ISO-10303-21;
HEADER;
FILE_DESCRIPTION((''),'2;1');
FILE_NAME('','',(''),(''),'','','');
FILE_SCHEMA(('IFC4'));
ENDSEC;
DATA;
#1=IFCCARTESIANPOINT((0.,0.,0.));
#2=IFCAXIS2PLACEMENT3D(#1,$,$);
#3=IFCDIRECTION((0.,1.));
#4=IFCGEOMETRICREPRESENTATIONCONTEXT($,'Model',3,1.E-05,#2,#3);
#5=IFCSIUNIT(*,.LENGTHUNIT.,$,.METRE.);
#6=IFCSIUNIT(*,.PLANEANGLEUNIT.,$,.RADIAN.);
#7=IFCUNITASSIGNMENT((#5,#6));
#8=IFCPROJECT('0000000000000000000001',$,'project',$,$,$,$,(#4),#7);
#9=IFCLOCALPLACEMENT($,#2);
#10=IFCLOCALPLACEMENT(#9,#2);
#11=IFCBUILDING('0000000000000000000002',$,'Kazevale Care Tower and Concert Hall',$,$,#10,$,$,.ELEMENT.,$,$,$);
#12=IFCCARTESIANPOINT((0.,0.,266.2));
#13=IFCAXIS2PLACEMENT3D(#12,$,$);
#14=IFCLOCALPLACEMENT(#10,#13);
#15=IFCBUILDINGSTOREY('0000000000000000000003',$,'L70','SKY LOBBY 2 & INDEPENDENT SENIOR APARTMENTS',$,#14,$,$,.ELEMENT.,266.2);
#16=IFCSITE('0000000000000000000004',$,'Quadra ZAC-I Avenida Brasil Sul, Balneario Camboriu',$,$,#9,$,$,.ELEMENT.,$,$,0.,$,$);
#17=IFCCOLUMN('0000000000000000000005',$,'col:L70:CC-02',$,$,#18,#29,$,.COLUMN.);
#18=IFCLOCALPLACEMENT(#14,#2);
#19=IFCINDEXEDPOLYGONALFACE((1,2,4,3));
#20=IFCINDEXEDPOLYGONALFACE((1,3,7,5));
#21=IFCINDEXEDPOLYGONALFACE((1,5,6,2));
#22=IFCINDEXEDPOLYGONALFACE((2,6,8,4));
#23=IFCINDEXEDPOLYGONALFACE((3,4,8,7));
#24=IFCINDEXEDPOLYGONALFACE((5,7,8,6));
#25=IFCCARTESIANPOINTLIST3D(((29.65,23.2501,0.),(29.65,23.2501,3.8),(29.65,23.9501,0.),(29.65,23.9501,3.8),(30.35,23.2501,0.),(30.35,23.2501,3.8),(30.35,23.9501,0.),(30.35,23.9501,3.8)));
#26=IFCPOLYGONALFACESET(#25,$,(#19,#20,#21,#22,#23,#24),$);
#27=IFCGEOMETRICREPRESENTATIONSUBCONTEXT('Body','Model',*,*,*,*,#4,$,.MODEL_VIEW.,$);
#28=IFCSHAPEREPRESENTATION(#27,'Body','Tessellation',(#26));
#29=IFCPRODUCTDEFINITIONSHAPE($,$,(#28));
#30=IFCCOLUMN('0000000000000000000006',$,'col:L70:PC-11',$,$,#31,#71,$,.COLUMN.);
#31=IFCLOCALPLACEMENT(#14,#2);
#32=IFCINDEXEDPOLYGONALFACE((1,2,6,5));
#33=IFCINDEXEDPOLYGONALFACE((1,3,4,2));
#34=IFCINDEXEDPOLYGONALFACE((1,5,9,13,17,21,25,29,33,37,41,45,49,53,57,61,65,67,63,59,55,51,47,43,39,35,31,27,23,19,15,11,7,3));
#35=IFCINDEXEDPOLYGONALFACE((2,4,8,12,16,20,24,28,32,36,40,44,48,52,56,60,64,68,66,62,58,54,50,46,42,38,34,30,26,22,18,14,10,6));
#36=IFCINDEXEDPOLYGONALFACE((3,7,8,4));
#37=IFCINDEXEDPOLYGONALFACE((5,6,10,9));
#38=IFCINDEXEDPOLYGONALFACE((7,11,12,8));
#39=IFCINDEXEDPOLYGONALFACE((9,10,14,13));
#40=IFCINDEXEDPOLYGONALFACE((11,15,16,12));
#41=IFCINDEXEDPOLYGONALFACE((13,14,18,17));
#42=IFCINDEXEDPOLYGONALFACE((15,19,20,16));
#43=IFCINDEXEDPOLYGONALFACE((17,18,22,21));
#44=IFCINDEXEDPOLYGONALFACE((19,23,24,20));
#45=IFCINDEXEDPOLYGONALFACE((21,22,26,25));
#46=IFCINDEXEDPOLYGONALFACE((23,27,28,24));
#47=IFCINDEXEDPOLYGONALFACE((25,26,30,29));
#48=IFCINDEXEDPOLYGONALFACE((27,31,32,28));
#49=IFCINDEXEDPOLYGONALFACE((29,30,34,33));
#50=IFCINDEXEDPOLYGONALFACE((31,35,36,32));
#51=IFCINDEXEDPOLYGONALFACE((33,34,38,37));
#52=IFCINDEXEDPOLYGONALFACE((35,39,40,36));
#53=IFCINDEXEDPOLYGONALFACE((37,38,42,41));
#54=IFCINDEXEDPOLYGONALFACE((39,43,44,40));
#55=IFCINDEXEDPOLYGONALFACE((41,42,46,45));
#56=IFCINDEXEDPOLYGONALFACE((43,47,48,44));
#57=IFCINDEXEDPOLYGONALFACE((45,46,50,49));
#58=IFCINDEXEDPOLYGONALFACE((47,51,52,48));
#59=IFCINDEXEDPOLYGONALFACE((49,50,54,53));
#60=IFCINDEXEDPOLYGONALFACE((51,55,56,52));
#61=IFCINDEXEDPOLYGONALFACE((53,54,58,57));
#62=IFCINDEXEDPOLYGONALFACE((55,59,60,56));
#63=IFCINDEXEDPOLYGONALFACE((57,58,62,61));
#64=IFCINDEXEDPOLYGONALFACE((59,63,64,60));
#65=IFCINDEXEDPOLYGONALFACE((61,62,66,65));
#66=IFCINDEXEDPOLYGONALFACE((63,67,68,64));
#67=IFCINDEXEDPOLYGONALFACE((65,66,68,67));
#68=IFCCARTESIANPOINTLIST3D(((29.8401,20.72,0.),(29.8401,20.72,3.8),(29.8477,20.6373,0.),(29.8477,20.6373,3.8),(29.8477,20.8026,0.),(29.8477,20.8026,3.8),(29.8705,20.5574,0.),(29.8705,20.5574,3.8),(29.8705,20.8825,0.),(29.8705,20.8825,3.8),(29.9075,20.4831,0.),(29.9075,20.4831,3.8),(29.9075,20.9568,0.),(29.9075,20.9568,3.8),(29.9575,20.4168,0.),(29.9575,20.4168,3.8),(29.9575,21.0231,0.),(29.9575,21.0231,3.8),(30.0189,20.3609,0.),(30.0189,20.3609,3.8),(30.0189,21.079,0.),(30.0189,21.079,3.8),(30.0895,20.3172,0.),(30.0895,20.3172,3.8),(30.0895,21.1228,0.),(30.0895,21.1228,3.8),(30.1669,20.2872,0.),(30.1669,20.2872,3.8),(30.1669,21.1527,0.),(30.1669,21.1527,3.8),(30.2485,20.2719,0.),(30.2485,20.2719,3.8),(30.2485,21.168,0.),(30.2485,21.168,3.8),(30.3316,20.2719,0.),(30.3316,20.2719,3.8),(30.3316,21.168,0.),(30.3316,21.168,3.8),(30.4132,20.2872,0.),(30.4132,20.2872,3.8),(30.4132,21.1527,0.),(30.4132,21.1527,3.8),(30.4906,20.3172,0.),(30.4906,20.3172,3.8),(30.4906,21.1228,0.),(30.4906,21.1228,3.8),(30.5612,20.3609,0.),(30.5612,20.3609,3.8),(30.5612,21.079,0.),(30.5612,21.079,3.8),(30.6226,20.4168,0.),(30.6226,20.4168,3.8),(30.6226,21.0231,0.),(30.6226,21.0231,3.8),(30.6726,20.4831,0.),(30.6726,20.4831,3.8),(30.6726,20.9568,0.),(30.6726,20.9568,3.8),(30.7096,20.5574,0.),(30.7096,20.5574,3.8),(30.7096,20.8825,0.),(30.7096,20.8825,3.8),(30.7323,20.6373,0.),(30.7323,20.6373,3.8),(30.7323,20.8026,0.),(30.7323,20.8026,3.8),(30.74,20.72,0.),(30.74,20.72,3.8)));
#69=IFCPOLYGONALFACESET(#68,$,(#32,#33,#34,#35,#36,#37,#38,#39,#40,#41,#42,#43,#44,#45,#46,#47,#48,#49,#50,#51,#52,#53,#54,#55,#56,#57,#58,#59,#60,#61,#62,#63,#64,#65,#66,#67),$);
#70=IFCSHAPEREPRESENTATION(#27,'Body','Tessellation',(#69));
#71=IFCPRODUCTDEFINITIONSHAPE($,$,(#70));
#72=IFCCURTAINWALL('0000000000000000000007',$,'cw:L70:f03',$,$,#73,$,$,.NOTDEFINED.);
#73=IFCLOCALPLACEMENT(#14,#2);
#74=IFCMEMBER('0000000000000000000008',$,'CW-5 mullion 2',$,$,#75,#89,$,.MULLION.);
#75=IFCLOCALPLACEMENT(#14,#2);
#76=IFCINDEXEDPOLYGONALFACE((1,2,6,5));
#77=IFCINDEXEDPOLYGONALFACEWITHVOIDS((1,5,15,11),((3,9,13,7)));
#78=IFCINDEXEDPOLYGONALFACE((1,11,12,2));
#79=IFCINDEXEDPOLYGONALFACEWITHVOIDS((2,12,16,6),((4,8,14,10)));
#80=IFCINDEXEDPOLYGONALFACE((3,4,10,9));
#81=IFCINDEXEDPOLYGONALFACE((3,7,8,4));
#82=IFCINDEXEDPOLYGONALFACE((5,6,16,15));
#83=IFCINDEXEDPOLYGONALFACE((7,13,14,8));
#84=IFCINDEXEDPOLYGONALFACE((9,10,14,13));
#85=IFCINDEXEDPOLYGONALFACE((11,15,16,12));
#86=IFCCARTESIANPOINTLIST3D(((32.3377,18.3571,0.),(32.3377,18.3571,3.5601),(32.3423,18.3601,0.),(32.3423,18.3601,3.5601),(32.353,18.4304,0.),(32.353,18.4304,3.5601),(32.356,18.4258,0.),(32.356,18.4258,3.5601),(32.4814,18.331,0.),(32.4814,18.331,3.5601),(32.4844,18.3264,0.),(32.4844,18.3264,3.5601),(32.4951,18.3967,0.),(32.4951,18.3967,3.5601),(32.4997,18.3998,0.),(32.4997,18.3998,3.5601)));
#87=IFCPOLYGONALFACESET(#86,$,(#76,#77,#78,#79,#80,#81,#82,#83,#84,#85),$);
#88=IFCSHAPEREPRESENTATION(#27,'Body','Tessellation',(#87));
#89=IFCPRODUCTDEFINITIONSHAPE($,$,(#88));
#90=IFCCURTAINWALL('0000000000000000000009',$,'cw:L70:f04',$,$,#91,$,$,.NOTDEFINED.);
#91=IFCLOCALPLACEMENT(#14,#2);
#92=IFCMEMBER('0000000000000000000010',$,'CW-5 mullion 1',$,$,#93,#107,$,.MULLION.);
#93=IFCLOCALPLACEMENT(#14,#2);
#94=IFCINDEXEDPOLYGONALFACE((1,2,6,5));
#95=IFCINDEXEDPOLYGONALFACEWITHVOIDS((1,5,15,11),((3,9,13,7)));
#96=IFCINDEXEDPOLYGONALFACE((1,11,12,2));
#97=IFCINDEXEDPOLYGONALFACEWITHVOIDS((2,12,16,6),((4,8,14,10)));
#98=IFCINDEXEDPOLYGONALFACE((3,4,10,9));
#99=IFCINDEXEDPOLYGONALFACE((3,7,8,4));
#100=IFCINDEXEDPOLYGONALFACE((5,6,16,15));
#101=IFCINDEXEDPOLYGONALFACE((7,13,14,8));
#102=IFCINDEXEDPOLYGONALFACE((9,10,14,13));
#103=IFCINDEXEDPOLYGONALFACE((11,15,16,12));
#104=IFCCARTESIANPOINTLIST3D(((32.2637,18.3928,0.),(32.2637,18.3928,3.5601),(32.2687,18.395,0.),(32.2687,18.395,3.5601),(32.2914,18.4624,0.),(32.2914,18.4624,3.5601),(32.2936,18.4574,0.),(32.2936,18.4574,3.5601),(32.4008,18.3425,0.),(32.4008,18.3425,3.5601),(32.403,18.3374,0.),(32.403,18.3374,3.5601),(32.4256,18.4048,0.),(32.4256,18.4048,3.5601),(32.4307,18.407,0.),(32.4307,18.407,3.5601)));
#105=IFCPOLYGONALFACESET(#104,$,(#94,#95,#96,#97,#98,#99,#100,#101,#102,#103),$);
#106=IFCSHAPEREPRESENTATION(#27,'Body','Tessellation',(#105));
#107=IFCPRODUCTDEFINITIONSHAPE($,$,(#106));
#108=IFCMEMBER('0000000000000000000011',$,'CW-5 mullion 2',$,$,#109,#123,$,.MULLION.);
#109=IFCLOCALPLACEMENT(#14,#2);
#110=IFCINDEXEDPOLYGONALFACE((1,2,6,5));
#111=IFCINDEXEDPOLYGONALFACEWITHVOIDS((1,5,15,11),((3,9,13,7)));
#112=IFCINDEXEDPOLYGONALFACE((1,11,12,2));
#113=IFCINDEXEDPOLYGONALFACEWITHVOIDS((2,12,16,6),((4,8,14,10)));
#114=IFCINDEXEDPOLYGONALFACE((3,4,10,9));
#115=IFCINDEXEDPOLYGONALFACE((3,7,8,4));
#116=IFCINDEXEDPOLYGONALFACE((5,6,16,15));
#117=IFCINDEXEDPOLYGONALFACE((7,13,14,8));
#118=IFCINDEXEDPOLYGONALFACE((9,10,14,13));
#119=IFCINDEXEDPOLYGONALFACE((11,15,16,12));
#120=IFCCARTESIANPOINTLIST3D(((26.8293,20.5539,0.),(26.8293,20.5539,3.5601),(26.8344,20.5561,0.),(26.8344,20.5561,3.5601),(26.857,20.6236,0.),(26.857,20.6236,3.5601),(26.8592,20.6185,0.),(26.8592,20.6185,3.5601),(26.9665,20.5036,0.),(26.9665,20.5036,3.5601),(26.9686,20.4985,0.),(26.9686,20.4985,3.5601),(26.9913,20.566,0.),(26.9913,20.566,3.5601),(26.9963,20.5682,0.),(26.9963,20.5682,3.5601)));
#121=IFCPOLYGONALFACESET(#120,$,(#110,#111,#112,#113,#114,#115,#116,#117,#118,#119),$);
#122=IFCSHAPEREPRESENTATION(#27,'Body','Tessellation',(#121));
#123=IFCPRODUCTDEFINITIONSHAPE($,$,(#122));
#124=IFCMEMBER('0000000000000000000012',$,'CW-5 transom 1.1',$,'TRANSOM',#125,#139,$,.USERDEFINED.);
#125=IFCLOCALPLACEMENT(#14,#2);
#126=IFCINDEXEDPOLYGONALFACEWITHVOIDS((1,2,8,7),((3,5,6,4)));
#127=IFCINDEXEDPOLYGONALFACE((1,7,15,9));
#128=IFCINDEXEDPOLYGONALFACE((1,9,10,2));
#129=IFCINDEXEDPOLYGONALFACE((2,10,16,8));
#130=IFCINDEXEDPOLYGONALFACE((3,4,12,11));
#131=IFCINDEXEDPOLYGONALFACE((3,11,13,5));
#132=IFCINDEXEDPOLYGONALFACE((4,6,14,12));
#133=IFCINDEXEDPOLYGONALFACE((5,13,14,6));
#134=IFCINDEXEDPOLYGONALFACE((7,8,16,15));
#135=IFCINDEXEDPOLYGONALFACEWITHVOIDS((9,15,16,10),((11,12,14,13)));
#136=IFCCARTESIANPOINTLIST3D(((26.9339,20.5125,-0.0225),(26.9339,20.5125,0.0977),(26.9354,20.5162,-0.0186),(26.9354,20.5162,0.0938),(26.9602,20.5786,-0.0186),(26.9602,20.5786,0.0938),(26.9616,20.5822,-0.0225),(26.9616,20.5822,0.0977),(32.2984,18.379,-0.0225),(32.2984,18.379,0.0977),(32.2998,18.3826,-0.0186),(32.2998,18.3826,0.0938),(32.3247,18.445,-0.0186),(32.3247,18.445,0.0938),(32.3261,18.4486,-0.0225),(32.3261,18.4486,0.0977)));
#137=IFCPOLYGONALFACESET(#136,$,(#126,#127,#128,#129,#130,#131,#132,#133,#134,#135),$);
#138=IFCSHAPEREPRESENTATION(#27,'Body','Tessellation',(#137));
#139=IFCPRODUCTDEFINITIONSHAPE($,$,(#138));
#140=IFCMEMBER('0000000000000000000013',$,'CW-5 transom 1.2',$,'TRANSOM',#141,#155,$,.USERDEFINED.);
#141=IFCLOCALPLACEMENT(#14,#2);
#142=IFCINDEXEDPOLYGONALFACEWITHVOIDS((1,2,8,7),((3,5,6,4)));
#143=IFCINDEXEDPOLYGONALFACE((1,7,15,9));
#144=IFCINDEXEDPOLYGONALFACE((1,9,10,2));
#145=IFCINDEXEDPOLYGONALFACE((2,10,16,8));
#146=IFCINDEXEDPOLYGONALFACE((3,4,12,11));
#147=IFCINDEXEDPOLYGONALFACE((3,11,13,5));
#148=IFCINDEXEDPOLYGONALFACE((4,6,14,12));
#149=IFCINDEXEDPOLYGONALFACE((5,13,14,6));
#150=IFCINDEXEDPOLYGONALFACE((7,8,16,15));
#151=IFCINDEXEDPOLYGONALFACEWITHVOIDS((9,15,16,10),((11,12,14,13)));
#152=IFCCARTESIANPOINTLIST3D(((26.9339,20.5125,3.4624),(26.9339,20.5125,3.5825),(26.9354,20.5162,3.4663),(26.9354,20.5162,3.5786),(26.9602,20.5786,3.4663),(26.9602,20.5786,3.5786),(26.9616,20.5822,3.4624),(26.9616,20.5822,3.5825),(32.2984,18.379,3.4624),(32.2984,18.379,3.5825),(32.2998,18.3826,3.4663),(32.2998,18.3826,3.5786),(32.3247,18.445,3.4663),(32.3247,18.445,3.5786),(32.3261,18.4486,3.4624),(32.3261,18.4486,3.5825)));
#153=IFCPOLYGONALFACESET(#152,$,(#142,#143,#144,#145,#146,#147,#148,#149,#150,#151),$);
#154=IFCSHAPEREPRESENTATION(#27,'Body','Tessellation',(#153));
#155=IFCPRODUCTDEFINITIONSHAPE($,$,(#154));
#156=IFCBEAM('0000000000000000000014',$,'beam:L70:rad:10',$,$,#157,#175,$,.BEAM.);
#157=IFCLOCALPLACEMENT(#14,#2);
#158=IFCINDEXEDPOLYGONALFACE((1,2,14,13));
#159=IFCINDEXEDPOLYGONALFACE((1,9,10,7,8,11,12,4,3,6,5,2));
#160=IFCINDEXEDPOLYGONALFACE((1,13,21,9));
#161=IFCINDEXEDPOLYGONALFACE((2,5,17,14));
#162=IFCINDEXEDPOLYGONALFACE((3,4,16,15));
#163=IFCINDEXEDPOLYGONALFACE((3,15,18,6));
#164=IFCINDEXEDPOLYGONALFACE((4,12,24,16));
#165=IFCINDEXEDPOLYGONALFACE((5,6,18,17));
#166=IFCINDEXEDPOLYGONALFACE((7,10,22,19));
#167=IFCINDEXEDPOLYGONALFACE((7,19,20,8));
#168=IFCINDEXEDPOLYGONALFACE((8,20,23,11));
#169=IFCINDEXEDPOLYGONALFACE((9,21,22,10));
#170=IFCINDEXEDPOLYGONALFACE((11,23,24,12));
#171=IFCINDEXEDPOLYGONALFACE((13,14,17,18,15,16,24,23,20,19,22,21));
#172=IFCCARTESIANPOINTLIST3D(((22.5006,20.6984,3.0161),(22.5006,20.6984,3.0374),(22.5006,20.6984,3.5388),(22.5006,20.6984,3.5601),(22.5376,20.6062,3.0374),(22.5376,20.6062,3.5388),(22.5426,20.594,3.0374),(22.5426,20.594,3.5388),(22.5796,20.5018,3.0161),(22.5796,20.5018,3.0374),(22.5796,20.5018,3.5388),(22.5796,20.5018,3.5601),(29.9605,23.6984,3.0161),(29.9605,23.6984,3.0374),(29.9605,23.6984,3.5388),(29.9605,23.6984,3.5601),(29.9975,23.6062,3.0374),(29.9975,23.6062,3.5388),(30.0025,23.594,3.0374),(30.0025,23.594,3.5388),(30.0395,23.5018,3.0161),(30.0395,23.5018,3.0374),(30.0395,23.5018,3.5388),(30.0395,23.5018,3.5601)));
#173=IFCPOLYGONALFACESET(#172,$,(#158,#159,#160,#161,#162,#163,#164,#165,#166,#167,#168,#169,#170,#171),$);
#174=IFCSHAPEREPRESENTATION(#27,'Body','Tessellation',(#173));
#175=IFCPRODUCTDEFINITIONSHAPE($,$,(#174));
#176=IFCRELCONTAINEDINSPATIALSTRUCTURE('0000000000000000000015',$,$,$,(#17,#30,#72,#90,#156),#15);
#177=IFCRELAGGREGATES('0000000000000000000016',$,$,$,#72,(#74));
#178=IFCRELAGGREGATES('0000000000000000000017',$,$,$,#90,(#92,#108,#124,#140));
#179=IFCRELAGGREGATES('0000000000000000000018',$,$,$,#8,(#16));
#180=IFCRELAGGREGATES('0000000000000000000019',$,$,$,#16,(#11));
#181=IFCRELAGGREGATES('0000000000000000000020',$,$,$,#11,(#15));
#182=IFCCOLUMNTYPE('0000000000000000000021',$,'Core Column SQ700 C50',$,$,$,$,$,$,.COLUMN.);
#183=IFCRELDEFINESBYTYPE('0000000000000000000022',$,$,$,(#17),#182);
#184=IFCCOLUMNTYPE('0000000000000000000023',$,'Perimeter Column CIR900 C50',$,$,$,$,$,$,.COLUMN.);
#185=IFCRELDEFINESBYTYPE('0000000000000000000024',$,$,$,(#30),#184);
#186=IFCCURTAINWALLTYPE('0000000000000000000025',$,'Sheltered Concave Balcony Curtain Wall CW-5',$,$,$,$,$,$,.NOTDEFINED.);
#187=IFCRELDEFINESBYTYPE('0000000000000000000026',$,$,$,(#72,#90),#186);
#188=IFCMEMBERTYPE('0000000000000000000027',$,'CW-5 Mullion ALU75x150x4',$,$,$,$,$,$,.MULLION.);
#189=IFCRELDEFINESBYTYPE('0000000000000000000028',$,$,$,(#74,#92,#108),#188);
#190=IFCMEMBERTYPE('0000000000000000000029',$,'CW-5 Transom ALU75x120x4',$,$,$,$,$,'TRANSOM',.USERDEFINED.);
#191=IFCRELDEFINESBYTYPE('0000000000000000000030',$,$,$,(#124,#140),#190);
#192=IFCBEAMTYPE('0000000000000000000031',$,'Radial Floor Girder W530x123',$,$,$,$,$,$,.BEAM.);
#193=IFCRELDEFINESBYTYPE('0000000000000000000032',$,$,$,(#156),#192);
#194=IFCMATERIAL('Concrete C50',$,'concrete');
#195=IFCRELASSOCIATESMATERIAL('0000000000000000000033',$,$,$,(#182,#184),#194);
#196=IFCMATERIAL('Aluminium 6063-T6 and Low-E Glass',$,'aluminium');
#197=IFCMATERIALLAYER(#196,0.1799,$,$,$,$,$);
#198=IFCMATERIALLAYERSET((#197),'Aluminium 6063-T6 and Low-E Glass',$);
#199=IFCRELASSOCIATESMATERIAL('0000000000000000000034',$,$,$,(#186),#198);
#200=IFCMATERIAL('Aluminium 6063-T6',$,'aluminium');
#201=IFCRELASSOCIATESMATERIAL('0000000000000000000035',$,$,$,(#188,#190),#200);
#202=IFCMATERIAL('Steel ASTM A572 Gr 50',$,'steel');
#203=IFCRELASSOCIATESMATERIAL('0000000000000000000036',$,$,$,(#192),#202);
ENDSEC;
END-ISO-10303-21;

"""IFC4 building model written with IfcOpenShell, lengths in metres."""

from ifc_helpers import new_model, si_unit, direction, frame, origin, origin_2d, place, context, subcontext, project, spatial, rectangle, hollow_rectangle, circle, i_section, extrude, material, layer, layer_set, material_profile, profile_set, type_object, element, aggregate, save


model = new_model("IFC4")

# Units and contexts
model_context = context("Model", 3, precision=1e-05, world=origin(), true_north=direction((0.0, 1.0)))
body_context = subcontext(model_context, "Body", "Model", "MODEL_VIEW")
ifc_project = project(units=[si_unit("LENGTHUNIT", "METRE"), si_unit("PLANEANGLEUNIT", "RADIAN")], contexts=[model_context])

# Site, building, storey
site_placement = place(None, origin())
site = spatial("IfcSite", under=ifc_project, at=site_placement, Name="Quadra ZAC-I Avenida Brasil Sul, Balneario Camboriu", CompositionType="ELEMENT", RefElevation=0.0)
building_placement = place(site_placement, origin())
building = spatial("IfcBuilding", under=site, at=building_placement, Name="Kazevale Care Tower and Concert Hall", CompositionType="ELEMENT")
storey_placement = place(building_placement, frame((0.0, 0.0, 266.2)))
storey = spatial("IfcBuildingStorey", under=building, at=storey_placement, Name="L70", Description="SKY LOBBY 2 & INDEPENDENT SENIOR APARTMENTS", CompositionType="ELEMENT", Elevation=266.2)

# Columns
ifc_material_1 = material(Name="Concrete C50", Category="concrete")
ifc_material_profile_1 = material_profile(ifc_material_1, rectangle(XDim=0.7, YDim=0.7, at=origin_2d()), Name="RC-SQ700")
ifc_profile_set_1 = profile_set([ifc_material_profile_1], Name="Concrete C50")
column_type_1 = type_object("IfcColumnType", Name="Core Column SQ700 C50", PredefinedType="COLUMN", material=ifc_profile_set_1)
column_1_placement = place(storey_placement, frame((30.0, 23.6001, 0.0), z_axis=(0.0, 0.0, 1.0), x_axis=(1.0, 0.0, 0.0)))
element("IfcColumn", 1, at=column_1_placement, inside=storey, type_object=column_type_1, Name="col:L70:CC-02", PredefinedType="COLUMN", context=body_context, shape_type="SweptSolid", body=[
    extrude(rectangle(XDim=0.7, YDim=0.7, at=origin_2d()), origin(), (0.0, 0.0, 1.0), 3.8),
])
ifc_material_profile_2 = material_profile(ifc_material_1, circle(Radius=0.45, at=origin_2d()), Name="RC-CIR900")
ifc_profile_set_2 = profile_set([ifc_material_profile_2], Name="Concrete C50")
column_type_2 = type_object("IfcColumnType", Name="Perimeter Column CIR900 C50", PredefinedType="COLUMN", material=ifc_profile_set_2)
column_2_placement = place(storey_placement, frame((30.29, 20.72, 0.0), z_axis=(0.0, 0.0, 1.0), x_axis=(1.0, 0.0, 0.0)))
element("IfcColumn", 2, at=column_2_placement, inside=storey, type_object=column_type_2, Name="col:L70:PC-11", PredefinedType="COLUMN", context=body_context, shape_type="SweptSolid", body=[
    extrude(circle(Radius=0.45, at=origin_2d()), origin(), (0.0, 0.0, 1.0), 3.8),
])

# Curtain wall, member
ifc_material_2 = material(Name="Aluminium 6063-T6 and Low-E Glass", Category="aluminium")
ifc_layer_1 = layer(ifc_material_2, 0.1799)
ifc_layer_set_1 = layer_set([ifc_layer_1], Name="Aluminium 6063-T6 and Low-E Glass")
curtain_wall_type = type_object("IfcCurtainWallType", Name="Sheltered Concave Balcony Curtain Wall CW-5", PredefinedType="NOTDEFINED", material=ifc_layer_set_1)
curtain_wall_1_placement = place(storey_placement, origin())
curtain_wall_1 = element("IfcCurtainWall", 3, at=curtain_wall_1_placement, inside=storey, type_object=curtain_wall_type, Name="cw:L70:f03", PredefinedType="NOTDEFINED")
ifc_material_3 = material(Name="Aluminium 6063-T6", Category="aluminium")
ifc_material_profile_3 = material_profile(ifc_material_3, hollow_rectangle(XDim=0.075, YDim=0.1499, WallThickness=0.0039, at=origin_2d()), Name="ALU75x150x4")
ifc_profile_set_3 = profile_set([ifc_material_profile_3], Name="Aluminium 6063-T6")
member_type_1 = type_object("IfcMemberType", Name="CW-5 Mullion ALU75x150x4", PredefinedType="MULLION", material=ifc_profile_set_3)
member_1_placement = place(storey_placement, frame((32.4187, 18.3784, 0.0), z_axis=(0.0, 0.0, 1.0), x_axis=(-0.204565, -0.978853, 0.0)))
member_1 = element("IfcMember", 4, at=member_1_placement, type_object=member_type_1, Name="CW-5 mullion 2", PredefinedType="MULLION", context=body_context, shape_type="SweptSolid", body=[
    extrude(hollow_rectangle(XDim=0.075, YDim=0.1499, WallThickness=0.0039, at=origin_2d()), origin(), (0.0, 0.0, 1.0), 3.5601),
])
aggregate(curtain_wall_1, [member_1])

# Curtain wall, members
curtain_wall_2_placement = place(storey_placement, origin())
curtain_wall_2 = element("IfcCurtainWall", 5, at=curtain_wall_2_placement, inside=storey, type_object=curtain_wall_type, Name="cw:L70:f04", PredefinedType="NOTDEFINED")
member_2_placement = place(storey_placement, frame((32.3472, 18.3999, 0.0), z_axis=(0.0, 0.0, 1.0), x_axis=(-0.369556, -0.929208, 0.0)))
member_2 = element("IfcMember", 6, at=member_2_placement, type_object=member_type_1, Name="CW-5 mullion 1", PredefinedType="MULLION", context=body_context, shape_type="SweptSolid", body=[
    extrude(hollow_rectangle(XDim=0.075, YDim=0.1499, WallThickness=0.0039, at=origin_2d()), origin(), (0.0, 0.0, 1.0), 3.5601),
])
member_3_placement = place(storey_placement, frame((26.9128, 20.561, 0.0), z_axis=(0.0, 0.0, 1.0), x_axis=(-0.369556, -0.929208, 0.0)))
member_3 = element("IfcMember", 7, at=member_3_placement, type_object=member_type_1, Name="CW-5 mullion 2", PredefinedType="MULLION", context=body_context, shape_type="SweptSolid", body=[
    extrude(hollow_rectangle(XDim=0.075, YDim=0.1499, WallThickness=0.0039, at=origin_2d()), origin(), (0.0, 0.0, 1.0), 3.5601),
])
ifc_material_profile_4 = material_profile(ifc_material_3, hollow_rectangle(XDim=0.075, YDim=0.1201, WallThickness=0.0039, at=origin_2d()), Name="ALU75x120x4")
ifc_profile_set_4 = profile_set([ifc_material_profile_4], Name="Aluminium 6063-T6")
member_type_2 = type_object("IfcMemberType", Name="CW-5 Transom ALU75x120x4", ElementType="TRANSOM", PredefinedType="USERDEFINED", material=ifc_profile_set_4)
member_4_placement = place(storey_placement, frame((32.3123, 18.4138, 0.0376), z_axis=(-0.929207, 0.36956, 0.0), x_axis=(-0.36956, -0.929207, 0.0)))
member_4 = element("IfcMember", 8, at=member_4_placement, type_object=member_type_2, Name="CW-5 transom 1.1", ObjectType="TRANSOM", PredefinedType="USERDEFINED", context=body_context, shape_type="SweptSolid", body=[
    extrude(hollow_rectangle(XDim=0.075, YDim=0.1201, WallThickness=0.0039, at=origin_2d()), origin(), (0.0, 0.0, 1.0), 5.7732),
])
member_5_placement = place(storey_placement, frame((32.3123, 18.4138, 3.5225), z_axis=(-0.929207, 0.36956, 0.0), x_axis=(-0.36956, -0.929207, 0.0)))
member_5 = element("IfcMember", 9, at=member_5_placement, type_object=member_type_2, Name="CW-5 transom 1.2", ObjectType="TRANSOM", PredefinedType="USERDEFINED", context=body_context, shape_type="SweptSolid", body=[
    extrude(hollow_rectangle(XDim=0.075, YDim=0.1201, WallThickness=0.0039, at=origin_2d()), origin(), (0.0, 0.0, 1.0), 5.7732),
])

# Beam
ifc_material_4 = material(Name="Steel ASTM A572 Gr 50", Category="steel")
ifc_material_profile_5 = material_profile(ifc_material_4, i_section(OverallWidth=0.2119, OverallDepth=0.5439, WebThickness=0.0132, FlangeThickness=0.0212, at=origin_2d()), Name="W530x123")
ifc_profile_set_5 = profile_set([ifc_material_profile_5], Name="Steel ASTM A572 Gr 50")
beam_type_1 = type_object("IfcBeamType", Name="Radial Floor Girder W530x123", PredefinedType="BEAM", material=ifc_profile_set_5)
beam_1_placement = place(storey_placement, frame((30.0, 23.6001, 3.2881), z_axis=(-0.927788, -0.373107, 0.0), x_axis=(0.373107, -0.927788, 0.0)))
element("IfcBeam", 10, at=beam_1_placement, inside=storey, type_object=beam_type_1, Name="beam:L70:rad:10", PredefinedType="BEAM", context=body_context, shape_type="SweptSolid", body=[
    extrude(i_section(OverallWidth=0.2119, OverallDepth=0.5439, WebThickness=0.0132, FlangeThickness=0.0212, at=origin_2d()), origin(), (0.0, 0.0, 1.0), 8.0405),
])

aggregate(curtain_wall_2, [member_2, member_3, member_4, member_5])

save(model, "model.ifc")
